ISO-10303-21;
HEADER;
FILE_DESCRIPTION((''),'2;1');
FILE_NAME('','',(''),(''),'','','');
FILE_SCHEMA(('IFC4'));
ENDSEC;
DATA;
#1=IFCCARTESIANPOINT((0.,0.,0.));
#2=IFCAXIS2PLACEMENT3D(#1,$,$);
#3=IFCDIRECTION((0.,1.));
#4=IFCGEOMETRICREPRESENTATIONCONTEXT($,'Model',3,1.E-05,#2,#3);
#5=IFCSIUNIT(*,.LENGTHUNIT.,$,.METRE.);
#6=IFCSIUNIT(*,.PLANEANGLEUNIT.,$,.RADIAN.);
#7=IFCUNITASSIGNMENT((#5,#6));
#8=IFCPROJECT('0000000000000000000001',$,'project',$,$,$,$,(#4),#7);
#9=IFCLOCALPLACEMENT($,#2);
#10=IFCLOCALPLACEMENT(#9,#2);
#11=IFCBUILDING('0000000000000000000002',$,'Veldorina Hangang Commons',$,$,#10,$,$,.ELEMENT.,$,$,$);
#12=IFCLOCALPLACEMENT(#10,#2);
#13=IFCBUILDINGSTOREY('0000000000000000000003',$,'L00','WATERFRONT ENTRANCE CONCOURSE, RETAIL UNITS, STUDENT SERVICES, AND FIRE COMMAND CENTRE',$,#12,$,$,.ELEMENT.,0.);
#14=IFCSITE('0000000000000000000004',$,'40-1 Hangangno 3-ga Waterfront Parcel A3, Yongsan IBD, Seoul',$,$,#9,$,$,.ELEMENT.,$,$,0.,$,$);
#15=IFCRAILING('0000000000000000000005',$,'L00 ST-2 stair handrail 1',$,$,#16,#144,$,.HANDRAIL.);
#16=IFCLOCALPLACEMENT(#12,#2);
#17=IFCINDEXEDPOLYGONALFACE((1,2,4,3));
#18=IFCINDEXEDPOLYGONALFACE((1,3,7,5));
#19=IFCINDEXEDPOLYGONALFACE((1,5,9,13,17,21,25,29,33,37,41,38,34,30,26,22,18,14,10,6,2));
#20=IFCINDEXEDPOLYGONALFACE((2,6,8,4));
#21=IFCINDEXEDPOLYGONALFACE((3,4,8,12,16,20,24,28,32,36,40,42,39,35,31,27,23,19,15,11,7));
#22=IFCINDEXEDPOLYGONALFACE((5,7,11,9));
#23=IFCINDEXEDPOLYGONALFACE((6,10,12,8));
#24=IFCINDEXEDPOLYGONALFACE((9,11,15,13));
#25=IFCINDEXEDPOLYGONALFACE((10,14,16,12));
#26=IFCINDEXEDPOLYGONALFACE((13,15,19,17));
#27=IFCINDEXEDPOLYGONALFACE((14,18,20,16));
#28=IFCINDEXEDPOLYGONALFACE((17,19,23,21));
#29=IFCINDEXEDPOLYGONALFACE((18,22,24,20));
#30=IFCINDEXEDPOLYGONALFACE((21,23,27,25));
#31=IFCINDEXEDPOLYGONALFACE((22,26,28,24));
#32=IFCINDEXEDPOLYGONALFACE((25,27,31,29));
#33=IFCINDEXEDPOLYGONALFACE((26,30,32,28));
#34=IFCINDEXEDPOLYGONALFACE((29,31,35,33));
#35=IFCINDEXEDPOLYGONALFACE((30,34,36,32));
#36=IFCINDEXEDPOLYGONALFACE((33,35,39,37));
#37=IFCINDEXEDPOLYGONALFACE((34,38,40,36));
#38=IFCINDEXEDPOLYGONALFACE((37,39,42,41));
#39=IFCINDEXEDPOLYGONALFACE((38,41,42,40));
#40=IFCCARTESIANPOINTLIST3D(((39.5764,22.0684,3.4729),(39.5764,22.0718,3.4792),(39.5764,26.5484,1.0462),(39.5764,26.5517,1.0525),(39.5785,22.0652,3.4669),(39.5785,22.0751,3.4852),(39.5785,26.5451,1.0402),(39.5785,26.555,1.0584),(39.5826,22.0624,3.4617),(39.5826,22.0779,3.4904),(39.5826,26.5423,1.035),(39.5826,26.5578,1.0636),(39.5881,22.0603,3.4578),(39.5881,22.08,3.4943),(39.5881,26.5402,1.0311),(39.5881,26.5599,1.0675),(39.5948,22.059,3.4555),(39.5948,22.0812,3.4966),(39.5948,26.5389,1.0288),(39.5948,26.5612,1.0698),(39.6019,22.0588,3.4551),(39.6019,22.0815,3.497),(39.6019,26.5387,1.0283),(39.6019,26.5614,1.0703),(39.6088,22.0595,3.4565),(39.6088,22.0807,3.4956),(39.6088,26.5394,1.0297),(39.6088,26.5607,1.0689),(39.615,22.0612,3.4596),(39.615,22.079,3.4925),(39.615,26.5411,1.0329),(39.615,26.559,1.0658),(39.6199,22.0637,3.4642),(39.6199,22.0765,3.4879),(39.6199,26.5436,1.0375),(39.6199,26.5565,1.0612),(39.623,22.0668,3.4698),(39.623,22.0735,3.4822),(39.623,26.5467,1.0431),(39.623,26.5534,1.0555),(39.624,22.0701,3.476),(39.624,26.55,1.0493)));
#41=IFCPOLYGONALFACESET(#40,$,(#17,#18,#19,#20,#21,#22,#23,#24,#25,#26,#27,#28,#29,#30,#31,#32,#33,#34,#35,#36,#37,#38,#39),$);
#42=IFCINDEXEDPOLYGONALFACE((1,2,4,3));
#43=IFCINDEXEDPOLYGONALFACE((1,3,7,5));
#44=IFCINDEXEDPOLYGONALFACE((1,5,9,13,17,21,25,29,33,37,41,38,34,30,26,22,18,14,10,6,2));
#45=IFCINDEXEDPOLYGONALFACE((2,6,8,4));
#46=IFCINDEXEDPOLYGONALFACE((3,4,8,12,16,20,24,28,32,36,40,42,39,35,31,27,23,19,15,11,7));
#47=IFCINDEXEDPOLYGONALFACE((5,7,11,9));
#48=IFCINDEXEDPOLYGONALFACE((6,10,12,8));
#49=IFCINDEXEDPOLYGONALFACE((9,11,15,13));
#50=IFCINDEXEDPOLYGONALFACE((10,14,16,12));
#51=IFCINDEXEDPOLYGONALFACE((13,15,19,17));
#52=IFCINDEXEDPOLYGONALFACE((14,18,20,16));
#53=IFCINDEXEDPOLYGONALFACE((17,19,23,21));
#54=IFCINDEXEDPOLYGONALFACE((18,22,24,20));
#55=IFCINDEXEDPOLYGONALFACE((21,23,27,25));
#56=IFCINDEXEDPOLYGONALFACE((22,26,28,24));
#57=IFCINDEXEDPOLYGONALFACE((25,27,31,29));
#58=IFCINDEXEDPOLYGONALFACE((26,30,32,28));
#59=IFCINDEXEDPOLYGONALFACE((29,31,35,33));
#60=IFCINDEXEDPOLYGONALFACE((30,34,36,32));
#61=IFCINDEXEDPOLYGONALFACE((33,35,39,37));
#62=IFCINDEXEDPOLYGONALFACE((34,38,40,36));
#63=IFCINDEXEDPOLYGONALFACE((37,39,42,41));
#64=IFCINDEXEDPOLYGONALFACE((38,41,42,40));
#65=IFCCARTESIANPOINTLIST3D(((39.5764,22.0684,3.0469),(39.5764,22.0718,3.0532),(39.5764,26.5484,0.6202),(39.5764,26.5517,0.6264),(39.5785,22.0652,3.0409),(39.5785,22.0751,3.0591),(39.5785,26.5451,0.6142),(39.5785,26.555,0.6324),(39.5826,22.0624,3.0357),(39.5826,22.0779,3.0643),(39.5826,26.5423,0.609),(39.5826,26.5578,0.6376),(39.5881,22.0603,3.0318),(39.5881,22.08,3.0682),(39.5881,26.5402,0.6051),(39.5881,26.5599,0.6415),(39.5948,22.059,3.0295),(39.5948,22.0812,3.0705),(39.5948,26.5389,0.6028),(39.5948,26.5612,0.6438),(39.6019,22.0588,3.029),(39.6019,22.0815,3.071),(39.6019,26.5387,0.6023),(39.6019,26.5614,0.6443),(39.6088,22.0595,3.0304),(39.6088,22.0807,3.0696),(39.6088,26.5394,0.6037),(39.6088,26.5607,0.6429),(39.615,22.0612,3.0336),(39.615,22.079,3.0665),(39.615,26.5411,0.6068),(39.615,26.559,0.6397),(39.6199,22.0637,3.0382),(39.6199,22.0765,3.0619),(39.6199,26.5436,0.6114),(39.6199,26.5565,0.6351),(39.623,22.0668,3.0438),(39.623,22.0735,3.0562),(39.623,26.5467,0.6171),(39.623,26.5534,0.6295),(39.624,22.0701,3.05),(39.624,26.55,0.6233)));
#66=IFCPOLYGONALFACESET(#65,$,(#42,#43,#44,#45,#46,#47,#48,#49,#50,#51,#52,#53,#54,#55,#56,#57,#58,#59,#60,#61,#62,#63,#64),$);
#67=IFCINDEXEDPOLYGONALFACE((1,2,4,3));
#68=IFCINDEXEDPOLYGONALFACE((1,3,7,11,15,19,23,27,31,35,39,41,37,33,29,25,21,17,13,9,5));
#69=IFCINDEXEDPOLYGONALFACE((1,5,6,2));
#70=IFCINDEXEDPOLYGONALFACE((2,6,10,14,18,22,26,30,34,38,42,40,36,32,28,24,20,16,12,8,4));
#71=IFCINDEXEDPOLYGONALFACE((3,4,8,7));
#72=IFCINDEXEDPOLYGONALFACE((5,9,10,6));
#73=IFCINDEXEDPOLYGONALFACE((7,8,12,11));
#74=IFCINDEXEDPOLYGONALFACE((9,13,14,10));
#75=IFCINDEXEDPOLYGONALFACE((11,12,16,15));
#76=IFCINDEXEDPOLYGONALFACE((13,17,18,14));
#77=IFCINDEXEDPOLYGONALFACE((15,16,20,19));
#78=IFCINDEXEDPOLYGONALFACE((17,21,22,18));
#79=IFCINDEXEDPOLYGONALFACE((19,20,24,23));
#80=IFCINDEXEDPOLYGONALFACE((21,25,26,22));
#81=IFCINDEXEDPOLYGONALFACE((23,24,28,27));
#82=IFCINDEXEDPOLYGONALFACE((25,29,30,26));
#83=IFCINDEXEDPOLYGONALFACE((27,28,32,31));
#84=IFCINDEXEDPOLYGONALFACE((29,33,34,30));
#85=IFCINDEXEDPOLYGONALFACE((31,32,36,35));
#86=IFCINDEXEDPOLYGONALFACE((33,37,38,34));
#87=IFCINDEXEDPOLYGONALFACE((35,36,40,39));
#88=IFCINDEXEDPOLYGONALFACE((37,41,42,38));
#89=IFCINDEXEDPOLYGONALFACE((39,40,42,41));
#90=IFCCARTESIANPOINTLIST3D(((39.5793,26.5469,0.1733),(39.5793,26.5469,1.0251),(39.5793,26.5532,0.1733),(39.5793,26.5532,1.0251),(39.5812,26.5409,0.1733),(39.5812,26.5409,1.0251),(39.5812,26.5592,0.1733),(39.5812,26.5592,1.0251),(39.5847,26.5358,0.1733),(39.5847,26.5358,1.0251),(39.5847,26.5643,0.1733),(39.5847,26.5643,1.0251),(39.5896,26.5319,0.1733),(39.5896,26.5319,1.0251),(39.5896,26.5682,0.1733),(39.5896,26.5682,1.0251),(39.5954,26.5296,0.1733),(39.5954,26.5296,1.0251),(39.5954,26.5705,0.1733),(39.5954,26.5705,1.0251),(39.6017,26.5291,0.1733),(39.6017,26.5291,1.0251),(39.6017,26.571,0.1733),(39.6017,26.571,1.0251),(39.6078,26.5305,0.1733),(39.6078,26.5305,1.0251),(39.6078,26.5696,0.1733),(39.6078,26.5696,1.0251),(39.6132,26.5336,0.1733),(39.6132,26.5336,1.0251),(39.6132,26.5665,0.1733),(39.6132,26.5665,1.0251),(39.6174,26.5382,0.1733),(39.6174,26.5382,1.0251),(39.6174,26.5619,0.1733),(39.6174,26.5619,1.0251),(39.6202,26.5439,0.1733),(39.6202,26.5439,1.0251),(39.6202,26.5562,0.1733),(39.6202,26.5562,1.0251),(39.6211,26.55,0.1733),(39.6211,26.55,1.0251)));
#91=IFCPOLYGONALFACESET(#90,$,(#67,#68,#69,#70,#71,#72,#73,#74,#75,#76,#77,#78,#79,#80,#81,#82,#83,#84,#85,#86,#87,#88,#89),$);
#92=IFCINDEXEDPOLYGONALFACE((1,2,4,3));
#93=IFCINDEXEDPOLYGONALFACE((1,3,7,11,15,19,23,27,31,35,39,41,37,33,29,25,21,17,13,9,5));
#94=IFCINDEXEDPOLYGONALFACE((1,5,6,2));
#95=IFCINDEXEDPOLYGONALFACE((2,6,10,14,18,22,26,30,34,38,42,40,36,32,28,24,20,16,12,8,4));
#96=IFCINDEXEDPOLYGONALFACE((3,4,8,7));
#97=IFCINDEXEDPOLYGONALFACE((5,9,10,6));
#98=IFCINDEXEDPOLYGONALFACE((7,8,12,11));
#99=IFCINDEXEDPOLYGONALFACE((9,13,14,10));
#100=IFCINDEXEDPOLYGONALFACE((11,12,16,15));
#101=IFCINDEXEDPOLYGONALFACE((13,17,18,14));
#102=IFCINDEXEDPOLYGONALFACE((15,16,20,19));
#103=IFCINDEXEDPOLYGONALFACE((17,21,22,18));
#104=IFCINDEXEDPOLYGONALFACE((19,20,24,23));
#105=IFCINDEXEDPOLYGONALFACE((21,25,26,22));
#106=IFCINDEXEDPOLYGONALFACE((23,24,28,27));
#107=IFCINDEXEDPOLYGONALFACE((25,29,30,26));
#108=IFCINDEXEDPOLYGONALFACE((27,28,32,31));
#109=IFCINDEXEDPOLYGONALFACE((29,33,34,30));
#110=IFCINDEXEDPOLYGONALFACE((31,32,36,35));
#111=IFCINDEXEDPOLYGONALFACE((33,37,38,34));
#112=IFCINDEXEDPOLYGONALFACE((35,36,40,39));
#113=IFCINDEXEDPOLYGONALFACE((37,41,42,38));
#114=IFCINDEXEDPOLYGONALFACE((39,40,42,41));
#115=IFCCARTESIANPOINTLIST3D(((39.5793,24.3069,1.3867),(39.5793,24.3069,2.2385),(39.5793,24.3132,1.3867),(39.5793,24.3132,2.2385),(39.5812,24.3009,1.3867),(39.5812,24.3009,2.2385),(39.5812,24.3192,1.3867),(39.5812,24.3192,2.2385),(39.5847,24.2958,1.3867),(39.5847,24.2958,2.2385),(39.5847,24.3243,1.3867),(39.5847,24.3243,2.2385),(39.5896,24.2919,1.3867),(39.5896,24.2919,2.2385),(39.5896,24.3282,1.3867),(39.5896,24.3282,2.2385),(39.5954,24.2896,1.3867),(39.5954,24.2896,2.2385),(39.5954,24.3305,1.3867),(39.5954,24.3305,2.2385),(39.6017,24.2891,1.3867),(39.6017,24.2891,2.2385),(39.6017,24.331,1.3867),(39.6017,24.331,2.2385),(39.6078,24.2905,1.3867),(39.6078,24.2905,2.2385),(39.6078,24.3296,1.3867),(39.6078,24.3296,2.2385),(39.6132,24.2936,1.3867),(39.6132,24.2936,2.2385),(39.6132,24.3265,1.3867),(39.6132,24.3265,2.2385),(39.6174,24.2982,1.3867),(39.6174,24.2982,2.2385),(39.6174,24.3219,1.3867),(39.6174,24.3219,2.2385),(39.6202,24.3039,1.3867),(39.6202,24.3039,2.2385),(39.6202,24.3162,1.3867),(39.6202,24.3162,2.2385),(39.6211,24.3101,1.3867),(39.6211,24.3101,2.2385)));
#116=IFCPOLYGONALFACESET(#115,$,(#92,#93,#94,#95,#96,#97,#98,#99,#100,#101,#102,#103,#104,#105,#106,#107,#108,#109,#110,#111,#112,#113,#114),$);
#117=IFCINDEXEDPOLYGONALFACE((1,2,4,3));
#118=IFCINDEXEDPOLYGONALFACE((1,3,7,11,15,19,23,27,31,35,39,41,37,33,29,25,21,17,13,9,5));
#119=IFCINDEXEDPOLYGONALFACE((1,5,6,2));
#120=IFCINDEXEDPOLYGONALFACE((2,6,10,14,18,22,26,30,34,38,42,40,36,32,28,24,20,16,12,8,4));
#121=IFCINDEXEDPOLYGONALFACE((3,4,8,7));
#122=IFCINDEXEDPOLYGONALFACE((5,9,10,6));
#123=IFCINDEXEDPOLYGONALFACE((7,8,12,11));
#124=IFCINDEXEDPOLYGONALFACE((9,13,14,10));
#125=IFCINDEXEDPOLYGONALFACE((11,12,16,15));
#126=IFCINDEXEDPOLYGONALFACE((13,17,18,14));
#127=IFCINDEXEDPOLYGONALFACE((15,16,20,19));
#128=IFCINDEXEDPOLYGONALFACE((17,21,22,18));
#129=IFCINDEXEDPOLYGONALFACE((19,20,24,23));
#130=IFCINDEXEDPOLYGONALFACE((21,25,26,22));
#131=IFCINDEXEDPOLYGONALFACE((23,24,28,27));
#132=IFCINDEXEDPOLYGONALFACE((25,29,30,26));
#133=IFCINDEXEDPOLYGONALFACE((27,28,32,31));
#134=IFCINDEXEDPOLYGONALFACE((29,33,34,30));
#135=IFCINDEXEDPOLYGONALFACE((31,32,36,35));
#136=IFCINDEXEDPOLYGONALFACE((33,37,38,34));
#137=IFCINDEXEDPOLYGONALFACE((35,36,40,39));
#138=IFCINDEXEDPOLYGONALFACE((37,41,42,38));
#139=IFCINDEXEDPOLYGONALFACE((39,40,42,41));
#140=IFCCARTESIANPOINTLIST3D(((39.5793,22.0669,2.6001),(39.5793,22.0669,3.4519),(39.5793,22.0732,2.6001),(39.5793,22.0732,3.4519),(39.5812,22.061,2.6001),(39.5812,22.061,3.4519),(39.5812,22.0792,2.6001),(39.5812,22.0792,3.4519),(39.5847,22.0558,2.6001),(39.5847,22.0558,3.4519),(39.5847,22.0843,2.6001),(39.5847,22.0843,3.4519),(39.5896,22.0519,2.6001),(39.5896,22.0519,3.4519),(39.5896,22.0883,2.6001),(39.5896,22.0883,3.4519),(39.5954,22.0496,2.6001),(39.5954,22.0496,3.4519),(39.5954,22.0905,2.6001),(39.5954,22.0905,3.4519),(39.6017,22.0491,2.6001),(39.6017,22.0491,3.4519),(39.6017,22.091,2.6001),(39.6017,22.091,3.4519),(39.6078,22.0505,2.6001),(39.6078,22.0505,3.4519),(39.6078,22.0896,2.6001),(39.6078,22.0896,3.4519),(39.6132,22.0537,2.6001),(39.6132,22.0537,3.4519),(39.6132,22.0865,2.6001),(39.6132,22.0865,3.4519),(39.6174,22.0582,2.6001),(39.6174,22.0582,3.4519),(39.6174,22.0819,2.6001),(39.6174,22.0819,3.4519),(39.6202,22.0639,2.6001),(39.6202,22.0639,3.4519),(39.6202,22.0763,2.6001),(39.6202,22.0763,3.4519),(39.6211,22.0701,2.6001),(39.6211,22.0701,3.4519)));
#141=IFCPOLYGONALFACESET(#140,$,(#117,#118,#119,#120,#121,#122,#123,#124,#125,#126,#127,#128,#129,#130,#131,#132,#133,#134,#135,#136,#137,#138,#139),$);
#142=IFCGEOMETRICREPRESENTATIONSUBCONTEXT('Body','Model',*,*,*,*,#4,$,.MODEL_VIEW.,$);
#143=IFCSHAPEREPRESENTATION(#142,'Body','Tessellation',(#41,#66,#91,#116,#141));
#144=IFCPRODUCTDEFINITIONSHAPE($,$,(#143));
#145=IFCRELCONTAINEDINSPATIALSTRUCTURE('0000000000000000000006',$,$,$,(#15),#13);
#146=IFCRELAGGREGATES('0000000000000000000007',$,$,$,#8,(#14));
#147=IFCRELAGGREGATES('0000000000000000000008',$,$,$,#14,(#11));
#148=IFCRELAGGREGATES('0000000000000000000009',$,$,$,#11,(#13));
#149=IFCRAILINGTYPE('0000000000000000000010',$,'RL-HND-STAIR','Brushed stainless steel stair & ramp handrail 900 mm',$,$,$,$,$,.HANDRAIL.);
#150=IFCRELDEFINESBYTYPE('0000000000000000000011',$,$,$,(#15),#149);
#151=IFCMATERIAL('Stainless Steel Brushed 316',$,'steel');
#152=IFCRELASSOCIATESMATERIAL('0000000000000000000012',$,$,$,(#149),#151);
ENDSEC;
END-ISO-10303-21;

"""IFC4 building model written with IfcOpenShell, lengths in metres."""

from ifc_helpers import new_model, si_unit, direction, frame, origin, origin_2d, place, context, subcontext, project, spatial, circle, extrude, material, type_object, element, save


model = new_model("IFC4")

# Units and contexts
model_context = context("Model", 3, precision=1e-05, world=origin(), true_north=direction((0.0, 1.0)))
body_context = subcontext(model_context, "Body", "Model", "MODEL_VIEW")
ifc_project = project(units=[si_unit("LENGTHUNIT", "METRE"), si_unit("PLANEANGLEUNIT", "RADIAN")], contexts=[model_context])

# Site, building, storey
site_placement = place(None, origin())
site = spatial("IfcSite", under=ifc_project, at=site_placement, Name="40-1 Hangangno 3-ga Waterfront Parcel A3, Yongsan IBD, Seoul", CompositionType="ELEMENT", RefElevation=0.0)
building_placement = place(site_placement, origin())
building = spatial("IfcBuilding", under=site, at=building_placement, Name="Veldorina Hangang Commons", CompositionType="ELEMENT")
storey_placement = place(building_placement, origin())
storey = spatial("IfcBuildingStorey", under=building, at=storey_placement, Name="L00", Description="WATERFRONT ENTRANCE CONCOURSE, RETAIL UNITS, STUDENT SERVICES, AND FIRE COMMAND CENTRE", CompositionType="ELEMENT", Elevation=0.0)

# Railing
ifc_material_1 = material(Name="Stainless Steel Brushed 316", Category="steel")
railing_type_1 = type_object("IfcRailingType", Name="RL-HND-STAIR", Description="Brushed stainless steel stair & ramp handrail 900 mm", PredefinedType="HANDRAIL", material=ifc_material_1)
railing_1_placement = place(storey_placement, frame((39.6001, 26.55, 0.1733)))
element("IfcRailing", 1, at=railing_1_placement, inside=storey, type_object=railing_type_1, Name="L00 ST-2 stair handrail 1", PredefinedType="HANDRAIL", context=body_context, shape_type="SweptSolid", body=[
    extrude(circle(Radius=0.0239, at=origin_2d()), frame((0.0, 0.0, 0.876), z_axis=(0.0, -0.879284, 0.476299), x_axis=(1.0, 0.0, 0.0)), (0.0, 0.0, 1.0), 5.095),
    extrude(circle(Radius=0.0239, at=origin_2d()), frame((0.0, 0.0, 0.45), z_axis=(0.0, -0.879284, 0.476299), x_axis=(1.0, 0.0, 0.0)), (0.0, 0.0, 1.0), 5.095),
    extrude(circle(Radius=0.021, at=origin_2d()), origin(), (0.0, 0.0, 1.0), 0.8518),
    extrude(circle(Radius=0.021, at=origin_2d()), frame((0.0, -2.24, 1.2134)), (0.0, 0.0, 1.0), 0.8518),
    extrude(circle(Radius=0.021, at=origin_2d()), frame((0.0, -4.48, 2.4268)), (0.0, 0.0, 1.0), 0.8518),
])

save(model, "model.ifc")
